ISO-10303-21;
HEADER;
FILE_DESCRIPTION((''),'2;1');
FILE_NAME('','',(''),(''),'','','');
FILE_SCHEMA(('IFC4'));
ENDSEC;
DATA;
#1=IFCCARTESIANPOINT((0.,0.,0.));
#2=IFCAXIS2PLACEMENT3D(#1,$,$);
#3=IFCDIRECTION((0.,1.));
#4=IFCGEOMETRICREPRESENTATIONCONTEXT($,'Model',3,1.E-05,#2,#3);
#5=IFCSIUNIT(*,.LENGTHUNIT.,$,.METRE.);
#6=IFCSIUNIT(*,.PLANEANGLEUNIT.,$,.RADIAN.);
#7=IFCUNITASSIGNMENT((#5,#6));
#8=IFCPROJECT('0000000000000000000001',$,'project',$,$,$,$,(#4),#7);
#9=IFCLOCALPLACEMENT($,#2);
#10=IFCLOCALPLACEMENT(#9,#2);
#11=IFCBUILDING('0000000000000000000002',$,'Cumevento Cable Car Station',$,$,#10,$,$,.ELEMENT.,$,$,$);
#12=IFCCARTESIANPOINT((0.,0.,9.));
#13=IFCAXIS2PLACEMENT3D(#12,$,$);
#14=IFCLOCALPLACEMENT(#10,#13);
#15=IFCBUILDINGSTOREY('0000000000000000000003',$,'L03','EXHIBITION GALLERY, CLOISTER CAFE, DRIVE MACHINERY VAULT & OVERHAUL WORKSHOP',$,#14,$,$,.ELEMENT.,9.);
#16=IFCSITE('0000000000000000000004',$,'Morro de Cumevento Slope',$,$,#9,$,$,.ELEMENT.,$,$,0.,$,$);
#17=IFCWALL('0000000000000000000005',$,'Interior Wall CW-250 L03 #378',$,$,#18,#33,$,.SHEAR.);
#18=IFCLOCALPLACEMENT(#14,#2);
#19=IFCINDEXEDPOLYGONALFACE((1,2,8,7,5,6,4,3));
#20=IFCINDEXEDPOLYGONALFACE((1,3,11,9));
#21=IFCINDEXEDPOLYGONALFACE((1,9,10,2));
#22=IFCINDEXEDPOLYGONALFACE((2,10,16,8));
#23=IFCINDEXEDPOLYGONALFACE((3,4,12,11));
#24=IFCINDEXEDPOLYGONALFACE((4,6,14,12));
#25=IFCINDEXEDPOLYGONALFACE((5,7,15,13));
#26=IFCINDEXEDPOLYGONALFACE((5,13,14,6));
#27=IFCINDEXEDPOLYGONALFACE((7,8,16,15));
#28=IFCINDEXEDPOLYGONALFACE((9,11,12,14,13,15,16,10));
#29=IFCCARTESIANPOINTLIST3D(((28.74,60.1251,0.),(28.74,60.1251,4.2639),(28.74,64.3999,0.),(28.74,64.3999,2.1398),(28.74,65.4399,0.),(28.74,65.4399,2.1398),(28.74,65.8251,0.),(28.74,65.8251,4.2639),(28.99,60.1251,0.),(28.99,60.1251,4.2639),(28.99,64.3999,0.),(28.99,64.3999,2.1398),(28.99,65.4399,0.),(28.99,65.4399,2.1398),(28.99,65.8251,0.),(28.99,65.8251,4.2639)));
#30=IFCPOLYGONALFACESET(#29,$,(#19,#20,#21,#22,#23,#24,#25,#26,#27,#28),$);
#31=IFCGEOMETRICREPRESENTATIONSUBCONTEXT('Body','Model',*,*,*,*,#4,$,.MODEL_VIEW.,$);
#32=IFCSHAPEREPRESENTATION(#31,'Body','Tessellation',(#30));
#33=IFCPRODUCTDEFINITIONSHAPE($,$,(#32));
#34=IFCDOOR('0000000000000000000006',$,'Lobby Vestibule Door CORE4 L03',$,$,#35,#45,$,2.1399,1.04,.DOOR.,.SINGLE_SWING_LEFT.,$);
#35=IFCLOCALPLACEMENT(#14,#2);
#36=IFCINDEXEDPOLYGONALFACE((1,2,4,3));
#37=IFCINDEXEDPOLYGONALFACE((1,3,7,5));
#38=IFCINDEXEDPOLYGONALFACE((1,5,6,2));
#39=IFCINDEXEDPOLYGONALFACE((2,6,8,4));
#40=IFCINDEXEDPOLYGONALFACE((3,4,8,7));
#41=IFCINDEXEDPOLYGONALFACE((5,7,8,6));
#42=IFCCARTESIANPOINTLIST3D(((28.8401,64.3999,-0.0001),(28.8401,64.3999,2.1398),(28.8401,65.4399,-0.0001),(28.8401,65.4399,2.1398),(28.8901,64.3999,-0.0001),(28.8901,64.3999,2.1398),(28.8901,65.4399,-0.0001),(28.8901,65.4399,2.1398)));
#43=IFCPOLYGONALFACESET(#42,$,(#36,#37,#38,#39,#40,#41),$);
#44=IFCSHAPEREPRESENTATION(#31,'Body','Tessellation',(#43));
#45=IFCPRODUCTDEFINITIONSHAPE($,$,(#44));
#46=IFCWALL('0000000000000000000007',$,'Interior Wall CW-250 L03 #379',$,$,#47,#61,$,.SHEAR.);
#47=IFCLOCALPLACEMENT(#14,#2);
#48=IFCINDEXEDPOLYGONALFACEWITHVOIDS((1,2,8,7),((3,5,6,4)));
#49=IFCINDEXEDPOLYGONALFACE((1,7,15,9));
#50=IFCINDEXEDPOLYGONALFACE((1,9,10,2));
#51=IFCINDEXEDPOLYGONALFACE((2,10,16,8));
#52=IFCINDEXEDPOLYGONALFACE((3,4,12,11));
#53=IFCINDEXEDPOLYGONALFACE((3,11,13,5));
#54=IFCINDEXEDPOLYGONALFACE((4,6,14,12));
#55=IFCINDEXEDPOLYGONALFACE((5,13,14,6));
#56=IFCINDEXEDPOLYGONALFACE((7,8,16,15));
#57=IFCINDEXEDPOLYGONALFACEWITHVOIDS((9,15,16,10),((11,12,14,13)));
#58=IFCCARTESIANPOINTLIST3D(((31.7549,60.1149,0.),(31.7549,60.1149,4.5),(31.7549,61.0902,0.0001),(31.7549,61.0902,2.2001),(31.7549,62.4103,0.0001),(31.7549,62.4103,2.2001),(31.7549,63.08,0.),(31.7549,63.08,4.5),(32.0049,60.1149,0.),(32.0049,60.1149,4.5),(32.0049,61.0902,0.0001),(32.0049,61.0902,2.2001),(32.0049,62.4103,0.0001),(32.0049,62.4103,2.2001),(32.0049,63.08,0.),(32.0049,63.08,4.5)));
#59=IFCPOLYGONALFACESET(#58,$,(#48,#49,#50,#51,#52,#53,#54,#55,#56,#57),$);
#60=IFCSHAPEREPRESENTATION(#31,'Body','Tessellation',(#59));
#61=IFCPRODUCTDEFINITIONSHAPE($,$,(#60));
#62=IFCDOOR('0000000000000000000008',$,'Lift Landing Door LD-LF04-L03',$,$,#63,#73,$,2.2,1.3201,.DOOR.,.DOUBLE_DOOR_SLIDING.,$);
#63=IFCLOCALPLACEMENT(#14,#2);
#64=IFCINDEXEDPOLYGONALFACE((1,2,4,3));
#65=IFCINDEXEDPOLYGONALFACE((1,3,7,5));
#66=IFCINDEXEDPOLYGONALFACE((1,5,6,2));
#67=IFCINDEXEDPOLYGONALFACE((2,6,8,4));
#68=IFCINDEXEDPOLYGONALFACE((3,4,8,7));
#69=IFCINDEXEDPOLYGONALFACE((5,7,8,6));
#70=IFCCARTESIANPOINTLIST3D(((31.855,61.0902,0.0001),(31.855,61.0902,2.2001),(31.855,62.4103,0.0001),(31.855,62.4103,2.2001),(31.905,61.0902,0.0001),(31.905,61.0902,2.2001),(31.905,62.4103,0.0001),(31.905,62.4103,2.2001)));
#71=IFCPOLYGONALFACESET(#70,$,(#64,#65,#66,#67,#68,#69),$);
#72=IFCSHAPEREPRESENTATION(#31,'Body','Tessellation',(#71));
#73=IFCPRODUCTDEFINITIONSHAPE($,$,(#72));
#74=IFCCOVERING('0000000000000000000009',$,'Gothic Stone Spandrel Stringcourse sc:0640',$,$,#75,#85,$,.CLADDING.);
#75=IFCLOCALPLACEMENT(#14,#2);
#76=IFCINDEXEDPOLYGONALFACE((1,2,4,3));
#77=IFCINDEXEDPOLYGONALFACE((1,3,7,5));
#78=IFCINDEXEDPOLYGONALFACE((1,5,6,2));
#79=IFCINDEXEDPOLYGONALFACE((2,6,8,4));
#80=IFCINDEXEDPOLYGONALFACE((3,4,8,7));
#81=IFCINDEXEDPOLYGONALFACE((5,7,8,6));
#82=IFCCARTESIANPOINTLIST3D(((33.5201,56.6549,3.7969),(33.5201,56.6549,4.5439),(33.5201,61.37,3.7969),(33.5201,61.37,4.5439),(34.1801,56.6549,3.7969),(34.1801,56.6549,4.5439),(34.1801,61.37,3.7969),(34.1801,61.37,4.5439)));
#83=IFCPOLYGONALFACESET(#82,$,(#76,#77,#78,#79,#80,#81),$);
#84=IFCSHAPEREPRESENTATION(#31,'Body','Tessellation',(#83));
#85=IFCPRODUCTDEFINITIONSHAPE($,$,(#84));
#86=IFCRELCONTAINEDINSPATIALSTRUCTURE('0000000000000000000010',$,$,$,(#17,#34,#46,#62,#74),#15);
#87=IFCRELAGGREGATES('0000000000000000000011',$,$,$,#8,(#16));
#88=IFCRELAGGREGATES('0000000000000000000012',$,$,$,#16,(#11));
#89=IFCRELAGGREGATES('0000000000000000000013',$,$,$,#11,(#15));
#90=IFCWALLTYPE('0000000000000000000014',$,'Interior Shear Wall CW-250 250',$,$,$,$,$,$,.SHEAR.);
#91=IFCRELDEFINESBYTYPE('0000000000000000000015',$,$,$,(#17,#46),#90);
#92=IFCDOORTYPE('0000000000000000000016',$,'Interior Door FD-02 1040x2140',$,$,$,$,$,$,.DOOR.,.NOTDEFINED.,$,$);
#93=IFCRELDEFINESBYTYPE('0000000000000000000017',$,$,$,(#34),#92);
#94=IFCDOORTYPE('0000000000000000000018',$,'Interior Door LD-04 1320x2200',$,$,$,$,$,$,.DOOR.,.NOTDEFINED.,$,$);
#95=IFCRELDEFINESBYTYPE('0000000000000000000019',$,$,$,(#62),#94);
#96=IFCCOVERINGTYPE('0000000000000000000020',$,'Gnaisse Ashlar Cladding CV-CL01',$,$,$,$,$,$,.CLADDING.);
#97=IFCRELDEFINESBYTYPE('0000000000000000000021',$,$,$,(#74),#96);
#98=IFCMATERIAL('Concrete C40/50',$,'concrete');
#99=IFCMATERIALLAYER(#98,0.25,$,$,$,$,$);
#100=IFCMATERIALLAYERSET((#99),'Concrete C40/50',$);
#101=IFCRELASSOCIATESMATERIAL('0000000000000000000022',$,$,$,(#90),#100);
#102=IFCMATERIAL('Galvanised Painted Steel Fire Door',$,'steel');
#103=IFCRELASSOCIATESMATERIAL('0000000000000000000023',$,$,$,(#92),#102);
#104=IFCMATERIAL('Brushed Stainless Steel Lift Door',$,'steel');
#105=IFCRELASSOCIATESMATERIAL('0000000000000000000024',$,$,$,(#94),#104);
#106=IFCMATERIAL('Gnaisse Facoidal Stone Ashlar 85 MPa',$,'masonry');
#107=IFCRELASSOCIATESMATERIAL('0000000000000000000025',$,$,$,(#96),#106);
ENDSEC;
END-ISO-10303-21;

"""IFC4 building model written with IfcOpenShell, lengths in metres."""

from ifc_helpers import new_model, si_unit, direction, frame, frame_2d, origin, origin_2d, place, context, subcontext, project, spatial, rectangle, extrude, material, layer, layer_set, type_object, element, fill, save


model = new_model("IFC4")

# Units and contexts
model_context = context("Model", 3, precision=1e-05, world=origin(), true_north=direction((0.0, 1.0)))
body_context = subcontext(model_context, "Body", "Model", "MODEL_VIEW")
ifc_project = project(units=[si_unit("LENGTHUNIT", "METRE"), si_unit("PLANEANGLEUNIT", "RADIAN")], contexts=[model_context])

# Site, building, storey
site_placement = place(None, origin())
site = spatial("IfcSite", under=ifc_project, at=site_placement, Name="Morro de Cumevento Slope", CompositionType="ELEMENT", RefElevation=0.0)
building_placement = place(site_placement, origin())
building = spatial("IfcBuilding", under=site, at=building_placement, Name="Cumevento Cable Car Station", CompositionType="ELEMENT")
storey_placement = place(building_placement, frame((0.0, 0.0, 9.0)))
storey = spatial("IfcBuildingStorey", under=building, at=storey_placement, Name="L03", Description="EXHIBITION GALLERY, CLOISTER CAFE, DRIVE MACHINERY VAULT & OVERHAUL WORKSHOP", CompositionType="ELEMENT", Elevation=9.0)

# Walls, openings, doors
ifc_material_1 = material(Name="Concrete C40/50", Category="concrete")
ifc_layer_1 = layer(ifc_material_1, 0.25)
ifc_layer_set_1 = layer_set([ifc_layer_1], Name="Concrete C40/50")
wall_type_1 = type_object("IfcWallType", Name="Interior Shear Wall CW-250 250", PredefinedType="SHEAR", material=ifc_layer_set_1)
wall_1_placement = place(storey_placement, frame((28.865, 60.125, 0.0), z_axis=(0.0, 0.0, 1.0), x_axis=(0.0, 1.0, 0.0)))
wall_1 = element("IfcWall", 1, at=wall_1_placement, inside=storey, type_object=wall_type_1, Name="Interior Wall CW-250 L03 #378", PredefinedType="SHEAR", context=body_context, shape_type="SweptSolid", body=[
    extrude(rectangle(XDim=5.7, YDim=0.25, at=frame_2d((2.8501, 0.0))), origin(), (0.0, 0.0, 1.0), 4.2639),
])
opening_1_placement = place(wall_1_placement, frame((4.2749, 0.0, 0.0)))
opening_1 = element("IfcOpeningElement", 2, at=opening_1_placement, cuts=wall_1, PredefinedType="OPENING", context=body_context, shape_type="SweptSolid", body=[
    extrude(rectangle(XDim=1.04, YDim=2.1399, at=frame_2d((0.52, 1.0698))), frame((0.0, 0.135, 0.0), z_axis=(0.0, -1.0, 0.0), x_axis=(1.0, 0.0, 0.0)), (0.0, 0.0, 1.0), 0.27),
])
ifc_material_2 = material(Name="Galvanised Painted Steel Fire Door", Category="steel")
door_type_1 = type_object("IfcDoorType", Name="Interior Door FD-02 1040x2140", OperationType="NOTDEFINED", PredefinedType="DOOR", material=ifc_material_2)
door_1_placement = place(opening_1_placement, origin())
door_1 = element("IfcDoor", 3, at=door_1_placement, inside=storey, type_object=door_type_1, Name="Lobby Vestibule Door CORE4 L03", OperationType="SINGLE_SWING_LEFT", OverallHeight=2.1399, OverallWidth=1.04, PredefinedType="DOOR", context=body_context, shape_type="SweptSolid", body=[
    extrude(rectangle(XDim=1.04, YDim=2.1399, at=frame_2d((0.52, 1.0698))), frame((0.0, 0.0249, 0.0), z_axis=(0.0, -1.0, 0.0), x_axis=(1.0, 0.0, 0.0)), (0.0, 0.0, 1.0), 0.05),
])
fill(opening_1, door_1)
wall_2_placement = place(storey_placement, frame((31.8799, 60.115, 0.0), z_axis=(0.0, 0.0, 1.0), x_axis=(0.0, 1.0, 0.0)))
wall_2 = element("IfcWall", 4, at=wall_2_placement, inside=storey, type_object=wall_type_1, Name="Interior Wall CW-250 L03 #379", PredefinedType="SHEAR", context=body_context, shape_type="SweptSolid", body=[
    extrude(rectangle(XDim=2.9651, YDim=0.25, at=frame_2d((1.4824, 0.0))), origin(), (0.0, 0.0, 1.0), 4.5),
])
opening_2_placement = place(wall_2_placement, frame((0.9751, 0.0, 0.0)))
opening_2 = element("IfcOpeningElement", 5, at=opening_2_placement, cuts=wall_2, PredefinedType="OPENING", context=body_context, shape_type="SweptSolid", body=[
    extrude(rectangle(XDim=1.3201, YDim=2.2, at=frame_2d((0.6602, 1.1001))), frame((0.0, 0.135, 0.0), z_axis=(0.0, -1.0, 0.0), x_axis=(1.0, 0.0, 0.0)), (0.0, 0.0, 1.0), 0.27),
])
ifc_material_3 = material(Name="Brushed Stainless Steel Lift Door", Category="steel")
door_type_2 = type_object("IfcDoorType", Name="Interior Door LD-04 1320x2200", OperationType="NOTDEFINED", PredefinedType="DOOR", material=ifc_material_3)
door_2_placement = place(opening_2_placement, origin())
door_2 = element("IfcDoor", 6, at=door_2_placement, inside=storey, type_object=door_type_2, Name="Lift Landing Door LD-LF04-L03", OperationType="DOUBLE_DOOR_SLIDING", OverallHeight=2.2, OverallWidth=1.3201, PredefinedType="DOOR", context=body_context, shape_type="SweptSolid", body=[
    extrude(rectangle(XDim=1.3201, YDim=2.2, at=frame_2d((0.6602, 1.1001))), frame((0.0, 0.0249, 0.0), z_axis=(0.0, -1.0, 0.0), x_axis=(1.0, 0.0, 0.0)), (0.0, 0.0, 1.0), 0.05),
])
fill(opening_2, door_2)

# Covering
ifc_material_4 = material(Name="Gnaisse Facoidal Stone Ashlar 85 MPa", Category="masonry")
covering_type = type_object("IfcCoveringType", Name="Gnaisse Ashlar Cladding CV-CL01", PredefinedType="CLADDING", material=ifc_material_4)
covering_placement = place(storey_placement, frame((33.8501, 59.0125, 3.7969), z_axis=(0.0, 0.0, 1.0), x_axis=(0.0, -1.0, 0.0)))
element("IfcCovering", 7, at=covering_placement, inside=storey, type_object=covering_type, Name="Gothic Stone Spandrel Stringcourse sc:0640", PredefinedType="CLADDING", context=body_context, shape_type="SweptSolid", body=[
    extrude(rectangle(XDim=4.7151, YDim=0.6599, at=origin_2d()), origin(), (0.0, 0.0, 1.0), 0.7471),
])

save(model, "model.ifc")
